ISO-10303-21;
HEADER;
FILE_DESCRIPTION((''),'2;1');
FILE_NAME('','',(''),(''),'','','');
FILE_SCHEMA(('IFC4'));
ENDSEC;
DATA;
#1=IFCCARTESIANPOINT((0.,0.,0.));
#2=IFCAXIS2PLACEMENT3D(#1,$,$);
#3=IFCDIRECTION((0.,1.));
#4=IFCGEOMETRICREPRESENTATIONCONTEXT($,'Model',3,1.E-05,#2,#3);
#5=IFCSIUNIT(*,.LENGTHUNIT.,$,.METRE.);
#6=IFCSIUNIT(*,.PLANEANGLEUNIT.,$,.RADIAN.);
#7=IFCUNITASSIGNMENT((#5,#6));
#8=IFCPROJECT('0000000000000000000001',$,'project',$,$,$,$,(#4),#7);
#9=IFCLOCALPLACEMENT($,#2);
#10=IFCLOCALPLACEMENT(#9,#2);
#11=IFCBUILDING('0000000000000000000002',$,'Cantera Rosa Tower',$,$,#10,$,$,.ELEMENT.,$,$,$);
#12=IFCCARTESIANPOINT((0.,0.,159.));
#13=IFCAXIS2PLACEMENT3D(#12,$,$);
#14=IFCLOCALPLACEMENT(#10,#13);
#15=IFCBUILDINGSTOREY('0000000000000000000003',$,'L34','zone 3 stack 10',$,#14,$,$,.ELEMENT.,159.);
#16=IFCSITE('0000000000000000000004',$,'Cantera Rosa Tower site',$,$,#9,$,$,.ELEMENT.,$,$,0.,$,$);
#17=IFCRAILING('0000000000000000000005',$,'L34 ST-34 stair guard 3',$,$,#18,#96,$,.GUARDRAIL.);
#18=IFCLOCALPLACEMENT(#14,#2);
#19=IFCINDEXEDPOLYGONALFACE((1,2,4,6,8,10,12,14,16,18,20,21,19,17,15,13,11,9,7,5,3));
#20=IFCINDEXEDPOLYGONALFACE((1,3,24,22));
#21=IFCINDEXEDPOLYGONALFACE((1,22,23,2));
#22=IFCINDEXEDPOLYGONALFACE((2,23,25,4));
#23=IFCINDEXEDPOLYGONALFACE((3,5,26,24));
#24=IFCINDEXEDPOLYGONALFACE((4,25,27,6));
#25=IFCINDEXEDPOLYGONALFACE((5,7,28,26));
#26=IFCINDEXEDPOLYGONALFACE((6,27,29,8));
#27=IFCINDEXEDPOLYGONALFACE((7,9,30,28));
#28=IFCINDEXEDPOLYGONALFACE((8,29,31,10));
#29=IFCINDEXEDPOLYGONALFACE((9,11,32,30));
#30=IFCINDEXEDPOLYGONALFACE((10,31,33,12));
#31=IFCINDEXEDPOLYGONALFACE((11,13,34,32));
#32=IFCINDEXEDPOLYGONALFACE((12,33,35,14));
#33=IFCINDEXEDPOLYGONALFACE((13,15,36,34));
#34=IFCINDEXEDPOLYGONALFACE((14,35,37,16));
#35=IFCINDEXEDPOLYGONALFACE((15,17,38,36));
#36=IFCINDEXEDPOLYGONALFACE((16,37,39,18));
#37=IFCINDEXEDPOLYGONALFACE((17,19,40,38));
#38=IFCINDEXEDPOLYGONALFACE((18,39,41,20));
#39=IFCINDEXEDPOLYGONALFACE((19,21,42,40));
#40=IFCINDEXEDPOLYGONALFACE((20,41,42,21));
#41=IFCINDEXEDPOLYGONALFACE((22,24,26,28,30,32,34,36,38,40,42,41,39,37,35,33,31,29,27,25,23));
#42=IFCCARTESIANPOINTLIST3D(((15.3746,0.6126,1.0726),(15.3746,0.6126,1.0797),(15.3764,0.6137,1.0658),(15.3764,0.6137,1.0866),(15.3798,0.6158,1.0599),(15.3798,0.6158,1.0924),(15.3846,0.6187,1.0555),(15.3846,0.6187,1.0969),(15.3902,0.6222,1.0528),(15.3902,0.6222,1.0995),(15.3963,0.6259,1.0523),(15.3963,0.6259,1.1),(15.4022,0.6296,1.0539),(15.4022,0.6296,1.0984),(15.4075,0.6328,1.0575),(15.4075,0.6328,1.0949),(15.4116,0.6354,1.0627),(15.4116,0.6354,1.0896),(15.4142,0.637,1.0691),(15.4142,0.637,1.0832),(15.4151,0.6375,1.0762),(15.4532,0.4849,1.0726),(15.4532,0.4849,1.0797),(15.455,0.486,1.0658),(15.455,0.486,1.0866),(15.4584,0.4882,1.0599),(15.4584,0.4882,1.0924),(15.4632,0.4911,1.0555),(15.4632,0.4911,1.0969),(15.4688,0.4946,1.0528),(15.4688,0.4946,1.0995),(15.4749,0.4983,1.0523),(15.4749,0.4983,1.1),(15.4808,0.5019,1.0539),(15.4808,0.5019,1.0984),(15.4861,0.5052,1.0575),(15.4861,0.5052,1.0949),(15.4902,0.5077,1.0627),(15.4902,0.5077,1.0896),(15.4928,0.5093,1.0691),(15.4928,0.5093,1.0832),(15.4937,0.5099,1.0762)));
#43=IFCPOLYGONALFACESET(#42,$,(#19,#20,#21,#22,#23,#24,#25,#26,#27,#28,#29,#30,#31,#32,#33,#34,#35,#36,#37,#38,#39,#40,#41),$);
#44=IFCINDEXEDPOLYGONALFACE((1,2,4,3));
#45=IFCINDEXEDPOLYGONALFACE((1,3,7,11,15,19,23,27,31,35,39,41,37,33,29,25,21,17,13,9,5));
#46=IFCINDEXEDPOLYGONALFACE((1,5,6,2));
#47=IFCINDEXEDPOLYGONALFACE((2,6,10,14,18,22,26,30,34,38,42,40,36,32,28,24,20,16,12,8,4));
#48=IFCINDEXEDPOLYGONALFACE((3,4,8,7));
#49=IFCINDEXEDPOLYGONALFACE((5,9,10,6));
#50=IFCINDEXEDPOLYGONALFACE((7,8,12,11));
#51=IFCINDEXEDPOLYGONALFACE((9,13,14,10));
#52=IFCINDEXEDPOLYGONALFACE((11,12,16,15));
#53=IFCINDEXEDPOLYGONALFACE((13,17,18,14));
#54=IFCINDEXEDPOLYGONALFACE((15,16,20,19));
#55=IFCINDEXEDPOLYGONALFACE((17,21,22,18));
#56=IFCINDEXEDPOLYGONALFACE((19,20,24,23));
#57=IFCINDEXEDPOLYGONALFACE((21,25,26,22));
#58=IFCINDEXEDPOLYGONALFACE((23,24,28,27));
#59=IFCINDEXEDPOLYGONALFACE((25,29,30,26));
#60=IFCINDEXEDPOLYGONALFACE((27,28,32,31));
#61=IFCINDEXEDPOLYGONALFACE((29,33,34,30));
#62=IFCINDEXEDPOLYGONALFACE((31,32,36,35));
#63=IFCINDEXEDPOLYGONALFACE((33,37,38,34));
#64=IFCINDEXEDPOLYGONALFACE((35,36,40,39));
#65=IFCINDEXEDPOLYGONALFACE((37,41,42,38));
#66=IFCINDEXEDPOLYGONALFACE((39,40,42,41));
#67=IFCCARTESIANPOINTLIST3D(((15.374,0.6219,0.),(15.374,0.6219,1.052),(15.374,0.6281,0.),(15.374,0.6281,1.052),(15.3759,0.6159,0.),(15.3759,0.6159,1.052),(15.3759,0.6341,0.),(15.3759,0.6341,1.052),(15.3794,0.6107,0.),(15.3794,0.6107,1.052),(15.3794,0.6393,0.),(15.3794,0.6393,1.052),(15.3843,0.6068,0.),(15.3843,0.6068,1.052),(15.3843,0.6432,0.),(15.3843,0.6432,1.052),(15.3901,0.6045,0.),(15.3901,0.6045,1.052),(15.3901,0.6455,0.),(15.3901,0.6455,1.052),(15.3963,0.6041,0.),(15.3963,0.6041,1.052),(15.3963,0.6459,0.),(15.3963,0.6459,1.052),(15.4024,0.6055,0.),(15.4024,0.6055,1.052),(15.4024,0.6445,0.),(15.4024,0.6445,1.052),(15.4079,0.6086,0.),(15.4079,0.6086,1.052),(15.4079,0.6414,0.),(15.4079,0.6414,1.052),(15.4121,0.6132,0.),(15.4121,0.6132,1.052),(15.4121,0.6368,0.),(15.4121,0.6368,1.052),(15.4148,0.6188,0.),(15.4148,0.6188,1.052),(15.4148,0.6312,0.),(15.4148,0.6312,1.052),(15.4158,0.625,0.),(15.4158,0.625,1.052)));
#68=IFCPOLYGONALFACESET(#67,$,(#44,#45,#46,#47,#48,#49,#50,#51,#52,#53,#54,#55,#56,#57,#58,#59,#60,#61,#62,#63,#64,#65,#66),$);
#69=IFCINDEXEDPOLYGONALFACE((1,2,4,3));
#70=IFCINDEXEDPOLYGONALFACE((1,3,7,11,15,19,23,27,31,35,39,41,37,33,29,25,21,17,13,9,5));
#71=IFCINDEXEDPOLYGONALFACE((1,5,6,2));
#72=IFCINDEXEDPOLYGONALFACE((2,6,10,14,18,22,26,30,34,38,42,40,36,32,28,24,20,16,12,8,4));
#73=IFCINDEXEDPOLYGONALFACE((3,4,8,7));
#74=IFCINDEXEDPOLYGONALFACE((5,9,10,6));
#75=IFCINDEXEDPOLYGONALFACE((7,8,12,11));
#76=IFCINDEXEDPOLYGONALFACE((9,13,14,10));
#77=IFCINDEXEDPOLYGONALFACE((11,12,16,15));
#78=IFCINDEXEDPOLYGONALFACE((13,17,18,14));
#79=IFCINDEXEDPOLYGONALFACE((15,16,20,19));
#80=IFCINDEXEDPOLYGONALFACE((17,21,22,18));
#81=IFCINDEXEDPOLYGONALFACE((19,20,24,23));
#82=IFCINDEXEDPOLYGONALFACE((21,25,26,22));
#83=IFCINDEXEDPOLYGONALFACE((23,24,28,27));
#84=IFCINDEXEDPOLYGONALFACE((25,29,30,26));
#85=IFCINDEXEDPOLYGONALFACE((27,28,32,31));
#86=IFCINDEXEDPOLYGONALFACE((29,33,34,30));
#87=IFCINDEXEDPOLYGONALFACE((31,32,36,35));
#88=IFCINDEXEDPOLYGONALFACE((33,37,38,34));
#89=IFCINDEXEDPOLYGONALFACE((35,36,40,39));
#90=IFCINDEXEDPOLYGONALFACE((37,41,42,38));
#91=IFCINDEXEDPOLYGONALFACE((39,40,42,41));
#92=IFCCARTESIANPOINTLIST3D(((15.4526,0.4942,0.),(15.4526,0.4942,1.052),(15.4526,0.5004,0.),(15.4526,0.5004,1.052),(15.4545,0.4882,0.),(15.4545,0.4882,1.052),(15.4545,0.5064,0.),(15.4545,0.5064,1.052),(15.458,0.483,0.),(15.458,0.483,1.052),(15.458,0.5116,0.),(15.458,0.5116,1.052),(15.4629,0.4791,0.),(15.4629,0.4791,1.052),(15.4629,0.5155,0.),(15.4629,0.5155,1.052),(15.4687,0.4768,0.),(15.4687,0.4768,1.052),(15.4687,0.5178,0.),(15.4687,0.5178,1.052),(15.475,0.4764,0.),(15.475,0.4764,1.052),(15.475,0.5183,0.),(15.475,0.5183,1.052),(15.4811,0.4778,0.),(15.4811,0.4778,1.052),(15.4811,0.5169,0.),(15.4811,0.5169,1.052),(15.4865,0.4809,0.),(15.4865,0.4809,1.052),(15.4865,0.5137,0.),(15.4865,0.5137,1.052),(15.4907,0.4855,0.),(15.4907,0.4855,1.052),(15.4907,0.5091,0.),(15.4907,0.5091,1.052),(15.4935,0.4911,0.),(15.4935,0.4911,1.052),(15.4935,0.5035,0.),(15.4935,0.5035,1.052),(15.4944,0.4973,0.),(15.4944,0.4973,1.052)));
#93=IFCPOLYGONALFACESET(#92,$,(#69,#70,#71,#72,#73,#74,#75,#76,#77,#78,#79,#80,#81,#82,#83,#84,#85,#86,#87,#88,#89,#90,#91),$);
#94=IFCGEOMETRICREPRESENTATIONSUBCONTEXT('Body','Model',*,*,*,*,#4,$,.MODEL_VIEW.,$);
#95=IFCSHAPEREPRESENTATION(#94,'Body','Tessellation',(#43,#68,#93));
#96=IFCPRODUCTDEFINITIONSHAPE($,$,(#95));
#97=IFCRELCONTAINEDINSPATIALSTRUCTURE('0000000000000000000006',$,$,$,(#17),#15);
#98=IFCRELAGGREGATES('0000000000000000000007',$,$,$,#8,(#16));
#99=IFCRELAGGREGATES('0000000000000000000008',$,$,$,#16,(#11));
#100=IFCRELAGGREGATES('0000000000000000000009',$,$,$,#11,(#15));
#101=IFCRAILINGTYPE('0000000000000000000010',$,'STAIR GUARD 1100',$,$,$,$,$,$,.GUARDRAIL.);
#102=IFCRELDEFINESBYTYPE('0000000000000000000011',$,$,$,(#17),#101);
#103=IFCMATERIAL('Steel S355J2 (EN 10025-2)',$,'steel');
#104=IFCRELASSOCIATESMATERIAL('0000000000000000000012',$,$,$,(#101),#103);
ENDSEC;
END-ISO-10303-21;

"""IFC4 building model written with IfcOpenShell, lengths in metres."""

from ifc_helpers import new_model, si_unit, direction, frame, origin, origin_2d, place, context, subcontext, project, spatial, circle, extrude, material, type_object, element, save


model = new_model("IFC4")

# Units and contexts
model_context = context("Model", 3, precision=1e-05, world=origin(), true_north=direction((0.0, 1.0)))
body_context = subcontext(model_context, "Body", "Model", "MODEL_VIEW")
ifc_project = project(units=[si_unit("LENGTHUNIT", "METRE"), si_unit("PLANEANGLEUNIT", "RADIAN")], contexts=[model_context])

# Site, building, storey
site_placement = place(None, origin())
site = spatial("IfcSite", under=ifc_project, at=site_placement, Name="Cantera Rosa Tower site", CompositionType="ELEMENT", RefElevation=0.0)
building_placement = place(site_placement, origin())
building = spatial("IfcBuilding", under=site, at=building_placement, Name="Cantera Rosa Tower", CompositionType="ELEMENT")
storey_placement = place(building_placement, frame((0.0, 0.0, 159.0)))
storey = spatial("IfcBuildingStorey", under=building, at=storey_placement, Name="L34", Description="zone 3 stack 10", CompositionType="ELEMENT", Elevation=159.0)

# Railing
ifc_material_1 = material(Name="Steel S355J2 (EN 10025-2)", Category="steel")
railing_type_1 = type_object("IfcRailingType", Name="STAIR GUARD 1100", PredefinedType="GUARDRAIL", material=ifc_material_1)
railing_1_placement = place(storey_placement, frame((15.3948, 0.625, 0.0)))
element("IfcRailing", 1, at=railing_1_placement, inside=storey, type_object=railing_type_1, Name="L34 ST-34 stair guard 3", PredefinedType="GUARDRAIL", context=body_context, shape_type="SweptSolid", body=[
    extrude(circle(Radius=0.0239, at=origin_2d()), frame((0.0, 0.0, 1.0762), z_axis=(0.524279, -0.851546, 0.0), x_axis=(0.851546, 0.524279, 0.0)), (0.0, 0.0, 1.0), 0.1499),
    extrude(circle(Radius=0.021, at=origin_2d()), origin(), (0.0, 0.0, 1.0), 1.052),
    extrude(circle(Radius=0.021, at=origin_2d()), frame((0.0786, -0.1277, 0.0)), (0.0, 0.0, 1.0), 1.052),
])

save(model, "model.ifc")
